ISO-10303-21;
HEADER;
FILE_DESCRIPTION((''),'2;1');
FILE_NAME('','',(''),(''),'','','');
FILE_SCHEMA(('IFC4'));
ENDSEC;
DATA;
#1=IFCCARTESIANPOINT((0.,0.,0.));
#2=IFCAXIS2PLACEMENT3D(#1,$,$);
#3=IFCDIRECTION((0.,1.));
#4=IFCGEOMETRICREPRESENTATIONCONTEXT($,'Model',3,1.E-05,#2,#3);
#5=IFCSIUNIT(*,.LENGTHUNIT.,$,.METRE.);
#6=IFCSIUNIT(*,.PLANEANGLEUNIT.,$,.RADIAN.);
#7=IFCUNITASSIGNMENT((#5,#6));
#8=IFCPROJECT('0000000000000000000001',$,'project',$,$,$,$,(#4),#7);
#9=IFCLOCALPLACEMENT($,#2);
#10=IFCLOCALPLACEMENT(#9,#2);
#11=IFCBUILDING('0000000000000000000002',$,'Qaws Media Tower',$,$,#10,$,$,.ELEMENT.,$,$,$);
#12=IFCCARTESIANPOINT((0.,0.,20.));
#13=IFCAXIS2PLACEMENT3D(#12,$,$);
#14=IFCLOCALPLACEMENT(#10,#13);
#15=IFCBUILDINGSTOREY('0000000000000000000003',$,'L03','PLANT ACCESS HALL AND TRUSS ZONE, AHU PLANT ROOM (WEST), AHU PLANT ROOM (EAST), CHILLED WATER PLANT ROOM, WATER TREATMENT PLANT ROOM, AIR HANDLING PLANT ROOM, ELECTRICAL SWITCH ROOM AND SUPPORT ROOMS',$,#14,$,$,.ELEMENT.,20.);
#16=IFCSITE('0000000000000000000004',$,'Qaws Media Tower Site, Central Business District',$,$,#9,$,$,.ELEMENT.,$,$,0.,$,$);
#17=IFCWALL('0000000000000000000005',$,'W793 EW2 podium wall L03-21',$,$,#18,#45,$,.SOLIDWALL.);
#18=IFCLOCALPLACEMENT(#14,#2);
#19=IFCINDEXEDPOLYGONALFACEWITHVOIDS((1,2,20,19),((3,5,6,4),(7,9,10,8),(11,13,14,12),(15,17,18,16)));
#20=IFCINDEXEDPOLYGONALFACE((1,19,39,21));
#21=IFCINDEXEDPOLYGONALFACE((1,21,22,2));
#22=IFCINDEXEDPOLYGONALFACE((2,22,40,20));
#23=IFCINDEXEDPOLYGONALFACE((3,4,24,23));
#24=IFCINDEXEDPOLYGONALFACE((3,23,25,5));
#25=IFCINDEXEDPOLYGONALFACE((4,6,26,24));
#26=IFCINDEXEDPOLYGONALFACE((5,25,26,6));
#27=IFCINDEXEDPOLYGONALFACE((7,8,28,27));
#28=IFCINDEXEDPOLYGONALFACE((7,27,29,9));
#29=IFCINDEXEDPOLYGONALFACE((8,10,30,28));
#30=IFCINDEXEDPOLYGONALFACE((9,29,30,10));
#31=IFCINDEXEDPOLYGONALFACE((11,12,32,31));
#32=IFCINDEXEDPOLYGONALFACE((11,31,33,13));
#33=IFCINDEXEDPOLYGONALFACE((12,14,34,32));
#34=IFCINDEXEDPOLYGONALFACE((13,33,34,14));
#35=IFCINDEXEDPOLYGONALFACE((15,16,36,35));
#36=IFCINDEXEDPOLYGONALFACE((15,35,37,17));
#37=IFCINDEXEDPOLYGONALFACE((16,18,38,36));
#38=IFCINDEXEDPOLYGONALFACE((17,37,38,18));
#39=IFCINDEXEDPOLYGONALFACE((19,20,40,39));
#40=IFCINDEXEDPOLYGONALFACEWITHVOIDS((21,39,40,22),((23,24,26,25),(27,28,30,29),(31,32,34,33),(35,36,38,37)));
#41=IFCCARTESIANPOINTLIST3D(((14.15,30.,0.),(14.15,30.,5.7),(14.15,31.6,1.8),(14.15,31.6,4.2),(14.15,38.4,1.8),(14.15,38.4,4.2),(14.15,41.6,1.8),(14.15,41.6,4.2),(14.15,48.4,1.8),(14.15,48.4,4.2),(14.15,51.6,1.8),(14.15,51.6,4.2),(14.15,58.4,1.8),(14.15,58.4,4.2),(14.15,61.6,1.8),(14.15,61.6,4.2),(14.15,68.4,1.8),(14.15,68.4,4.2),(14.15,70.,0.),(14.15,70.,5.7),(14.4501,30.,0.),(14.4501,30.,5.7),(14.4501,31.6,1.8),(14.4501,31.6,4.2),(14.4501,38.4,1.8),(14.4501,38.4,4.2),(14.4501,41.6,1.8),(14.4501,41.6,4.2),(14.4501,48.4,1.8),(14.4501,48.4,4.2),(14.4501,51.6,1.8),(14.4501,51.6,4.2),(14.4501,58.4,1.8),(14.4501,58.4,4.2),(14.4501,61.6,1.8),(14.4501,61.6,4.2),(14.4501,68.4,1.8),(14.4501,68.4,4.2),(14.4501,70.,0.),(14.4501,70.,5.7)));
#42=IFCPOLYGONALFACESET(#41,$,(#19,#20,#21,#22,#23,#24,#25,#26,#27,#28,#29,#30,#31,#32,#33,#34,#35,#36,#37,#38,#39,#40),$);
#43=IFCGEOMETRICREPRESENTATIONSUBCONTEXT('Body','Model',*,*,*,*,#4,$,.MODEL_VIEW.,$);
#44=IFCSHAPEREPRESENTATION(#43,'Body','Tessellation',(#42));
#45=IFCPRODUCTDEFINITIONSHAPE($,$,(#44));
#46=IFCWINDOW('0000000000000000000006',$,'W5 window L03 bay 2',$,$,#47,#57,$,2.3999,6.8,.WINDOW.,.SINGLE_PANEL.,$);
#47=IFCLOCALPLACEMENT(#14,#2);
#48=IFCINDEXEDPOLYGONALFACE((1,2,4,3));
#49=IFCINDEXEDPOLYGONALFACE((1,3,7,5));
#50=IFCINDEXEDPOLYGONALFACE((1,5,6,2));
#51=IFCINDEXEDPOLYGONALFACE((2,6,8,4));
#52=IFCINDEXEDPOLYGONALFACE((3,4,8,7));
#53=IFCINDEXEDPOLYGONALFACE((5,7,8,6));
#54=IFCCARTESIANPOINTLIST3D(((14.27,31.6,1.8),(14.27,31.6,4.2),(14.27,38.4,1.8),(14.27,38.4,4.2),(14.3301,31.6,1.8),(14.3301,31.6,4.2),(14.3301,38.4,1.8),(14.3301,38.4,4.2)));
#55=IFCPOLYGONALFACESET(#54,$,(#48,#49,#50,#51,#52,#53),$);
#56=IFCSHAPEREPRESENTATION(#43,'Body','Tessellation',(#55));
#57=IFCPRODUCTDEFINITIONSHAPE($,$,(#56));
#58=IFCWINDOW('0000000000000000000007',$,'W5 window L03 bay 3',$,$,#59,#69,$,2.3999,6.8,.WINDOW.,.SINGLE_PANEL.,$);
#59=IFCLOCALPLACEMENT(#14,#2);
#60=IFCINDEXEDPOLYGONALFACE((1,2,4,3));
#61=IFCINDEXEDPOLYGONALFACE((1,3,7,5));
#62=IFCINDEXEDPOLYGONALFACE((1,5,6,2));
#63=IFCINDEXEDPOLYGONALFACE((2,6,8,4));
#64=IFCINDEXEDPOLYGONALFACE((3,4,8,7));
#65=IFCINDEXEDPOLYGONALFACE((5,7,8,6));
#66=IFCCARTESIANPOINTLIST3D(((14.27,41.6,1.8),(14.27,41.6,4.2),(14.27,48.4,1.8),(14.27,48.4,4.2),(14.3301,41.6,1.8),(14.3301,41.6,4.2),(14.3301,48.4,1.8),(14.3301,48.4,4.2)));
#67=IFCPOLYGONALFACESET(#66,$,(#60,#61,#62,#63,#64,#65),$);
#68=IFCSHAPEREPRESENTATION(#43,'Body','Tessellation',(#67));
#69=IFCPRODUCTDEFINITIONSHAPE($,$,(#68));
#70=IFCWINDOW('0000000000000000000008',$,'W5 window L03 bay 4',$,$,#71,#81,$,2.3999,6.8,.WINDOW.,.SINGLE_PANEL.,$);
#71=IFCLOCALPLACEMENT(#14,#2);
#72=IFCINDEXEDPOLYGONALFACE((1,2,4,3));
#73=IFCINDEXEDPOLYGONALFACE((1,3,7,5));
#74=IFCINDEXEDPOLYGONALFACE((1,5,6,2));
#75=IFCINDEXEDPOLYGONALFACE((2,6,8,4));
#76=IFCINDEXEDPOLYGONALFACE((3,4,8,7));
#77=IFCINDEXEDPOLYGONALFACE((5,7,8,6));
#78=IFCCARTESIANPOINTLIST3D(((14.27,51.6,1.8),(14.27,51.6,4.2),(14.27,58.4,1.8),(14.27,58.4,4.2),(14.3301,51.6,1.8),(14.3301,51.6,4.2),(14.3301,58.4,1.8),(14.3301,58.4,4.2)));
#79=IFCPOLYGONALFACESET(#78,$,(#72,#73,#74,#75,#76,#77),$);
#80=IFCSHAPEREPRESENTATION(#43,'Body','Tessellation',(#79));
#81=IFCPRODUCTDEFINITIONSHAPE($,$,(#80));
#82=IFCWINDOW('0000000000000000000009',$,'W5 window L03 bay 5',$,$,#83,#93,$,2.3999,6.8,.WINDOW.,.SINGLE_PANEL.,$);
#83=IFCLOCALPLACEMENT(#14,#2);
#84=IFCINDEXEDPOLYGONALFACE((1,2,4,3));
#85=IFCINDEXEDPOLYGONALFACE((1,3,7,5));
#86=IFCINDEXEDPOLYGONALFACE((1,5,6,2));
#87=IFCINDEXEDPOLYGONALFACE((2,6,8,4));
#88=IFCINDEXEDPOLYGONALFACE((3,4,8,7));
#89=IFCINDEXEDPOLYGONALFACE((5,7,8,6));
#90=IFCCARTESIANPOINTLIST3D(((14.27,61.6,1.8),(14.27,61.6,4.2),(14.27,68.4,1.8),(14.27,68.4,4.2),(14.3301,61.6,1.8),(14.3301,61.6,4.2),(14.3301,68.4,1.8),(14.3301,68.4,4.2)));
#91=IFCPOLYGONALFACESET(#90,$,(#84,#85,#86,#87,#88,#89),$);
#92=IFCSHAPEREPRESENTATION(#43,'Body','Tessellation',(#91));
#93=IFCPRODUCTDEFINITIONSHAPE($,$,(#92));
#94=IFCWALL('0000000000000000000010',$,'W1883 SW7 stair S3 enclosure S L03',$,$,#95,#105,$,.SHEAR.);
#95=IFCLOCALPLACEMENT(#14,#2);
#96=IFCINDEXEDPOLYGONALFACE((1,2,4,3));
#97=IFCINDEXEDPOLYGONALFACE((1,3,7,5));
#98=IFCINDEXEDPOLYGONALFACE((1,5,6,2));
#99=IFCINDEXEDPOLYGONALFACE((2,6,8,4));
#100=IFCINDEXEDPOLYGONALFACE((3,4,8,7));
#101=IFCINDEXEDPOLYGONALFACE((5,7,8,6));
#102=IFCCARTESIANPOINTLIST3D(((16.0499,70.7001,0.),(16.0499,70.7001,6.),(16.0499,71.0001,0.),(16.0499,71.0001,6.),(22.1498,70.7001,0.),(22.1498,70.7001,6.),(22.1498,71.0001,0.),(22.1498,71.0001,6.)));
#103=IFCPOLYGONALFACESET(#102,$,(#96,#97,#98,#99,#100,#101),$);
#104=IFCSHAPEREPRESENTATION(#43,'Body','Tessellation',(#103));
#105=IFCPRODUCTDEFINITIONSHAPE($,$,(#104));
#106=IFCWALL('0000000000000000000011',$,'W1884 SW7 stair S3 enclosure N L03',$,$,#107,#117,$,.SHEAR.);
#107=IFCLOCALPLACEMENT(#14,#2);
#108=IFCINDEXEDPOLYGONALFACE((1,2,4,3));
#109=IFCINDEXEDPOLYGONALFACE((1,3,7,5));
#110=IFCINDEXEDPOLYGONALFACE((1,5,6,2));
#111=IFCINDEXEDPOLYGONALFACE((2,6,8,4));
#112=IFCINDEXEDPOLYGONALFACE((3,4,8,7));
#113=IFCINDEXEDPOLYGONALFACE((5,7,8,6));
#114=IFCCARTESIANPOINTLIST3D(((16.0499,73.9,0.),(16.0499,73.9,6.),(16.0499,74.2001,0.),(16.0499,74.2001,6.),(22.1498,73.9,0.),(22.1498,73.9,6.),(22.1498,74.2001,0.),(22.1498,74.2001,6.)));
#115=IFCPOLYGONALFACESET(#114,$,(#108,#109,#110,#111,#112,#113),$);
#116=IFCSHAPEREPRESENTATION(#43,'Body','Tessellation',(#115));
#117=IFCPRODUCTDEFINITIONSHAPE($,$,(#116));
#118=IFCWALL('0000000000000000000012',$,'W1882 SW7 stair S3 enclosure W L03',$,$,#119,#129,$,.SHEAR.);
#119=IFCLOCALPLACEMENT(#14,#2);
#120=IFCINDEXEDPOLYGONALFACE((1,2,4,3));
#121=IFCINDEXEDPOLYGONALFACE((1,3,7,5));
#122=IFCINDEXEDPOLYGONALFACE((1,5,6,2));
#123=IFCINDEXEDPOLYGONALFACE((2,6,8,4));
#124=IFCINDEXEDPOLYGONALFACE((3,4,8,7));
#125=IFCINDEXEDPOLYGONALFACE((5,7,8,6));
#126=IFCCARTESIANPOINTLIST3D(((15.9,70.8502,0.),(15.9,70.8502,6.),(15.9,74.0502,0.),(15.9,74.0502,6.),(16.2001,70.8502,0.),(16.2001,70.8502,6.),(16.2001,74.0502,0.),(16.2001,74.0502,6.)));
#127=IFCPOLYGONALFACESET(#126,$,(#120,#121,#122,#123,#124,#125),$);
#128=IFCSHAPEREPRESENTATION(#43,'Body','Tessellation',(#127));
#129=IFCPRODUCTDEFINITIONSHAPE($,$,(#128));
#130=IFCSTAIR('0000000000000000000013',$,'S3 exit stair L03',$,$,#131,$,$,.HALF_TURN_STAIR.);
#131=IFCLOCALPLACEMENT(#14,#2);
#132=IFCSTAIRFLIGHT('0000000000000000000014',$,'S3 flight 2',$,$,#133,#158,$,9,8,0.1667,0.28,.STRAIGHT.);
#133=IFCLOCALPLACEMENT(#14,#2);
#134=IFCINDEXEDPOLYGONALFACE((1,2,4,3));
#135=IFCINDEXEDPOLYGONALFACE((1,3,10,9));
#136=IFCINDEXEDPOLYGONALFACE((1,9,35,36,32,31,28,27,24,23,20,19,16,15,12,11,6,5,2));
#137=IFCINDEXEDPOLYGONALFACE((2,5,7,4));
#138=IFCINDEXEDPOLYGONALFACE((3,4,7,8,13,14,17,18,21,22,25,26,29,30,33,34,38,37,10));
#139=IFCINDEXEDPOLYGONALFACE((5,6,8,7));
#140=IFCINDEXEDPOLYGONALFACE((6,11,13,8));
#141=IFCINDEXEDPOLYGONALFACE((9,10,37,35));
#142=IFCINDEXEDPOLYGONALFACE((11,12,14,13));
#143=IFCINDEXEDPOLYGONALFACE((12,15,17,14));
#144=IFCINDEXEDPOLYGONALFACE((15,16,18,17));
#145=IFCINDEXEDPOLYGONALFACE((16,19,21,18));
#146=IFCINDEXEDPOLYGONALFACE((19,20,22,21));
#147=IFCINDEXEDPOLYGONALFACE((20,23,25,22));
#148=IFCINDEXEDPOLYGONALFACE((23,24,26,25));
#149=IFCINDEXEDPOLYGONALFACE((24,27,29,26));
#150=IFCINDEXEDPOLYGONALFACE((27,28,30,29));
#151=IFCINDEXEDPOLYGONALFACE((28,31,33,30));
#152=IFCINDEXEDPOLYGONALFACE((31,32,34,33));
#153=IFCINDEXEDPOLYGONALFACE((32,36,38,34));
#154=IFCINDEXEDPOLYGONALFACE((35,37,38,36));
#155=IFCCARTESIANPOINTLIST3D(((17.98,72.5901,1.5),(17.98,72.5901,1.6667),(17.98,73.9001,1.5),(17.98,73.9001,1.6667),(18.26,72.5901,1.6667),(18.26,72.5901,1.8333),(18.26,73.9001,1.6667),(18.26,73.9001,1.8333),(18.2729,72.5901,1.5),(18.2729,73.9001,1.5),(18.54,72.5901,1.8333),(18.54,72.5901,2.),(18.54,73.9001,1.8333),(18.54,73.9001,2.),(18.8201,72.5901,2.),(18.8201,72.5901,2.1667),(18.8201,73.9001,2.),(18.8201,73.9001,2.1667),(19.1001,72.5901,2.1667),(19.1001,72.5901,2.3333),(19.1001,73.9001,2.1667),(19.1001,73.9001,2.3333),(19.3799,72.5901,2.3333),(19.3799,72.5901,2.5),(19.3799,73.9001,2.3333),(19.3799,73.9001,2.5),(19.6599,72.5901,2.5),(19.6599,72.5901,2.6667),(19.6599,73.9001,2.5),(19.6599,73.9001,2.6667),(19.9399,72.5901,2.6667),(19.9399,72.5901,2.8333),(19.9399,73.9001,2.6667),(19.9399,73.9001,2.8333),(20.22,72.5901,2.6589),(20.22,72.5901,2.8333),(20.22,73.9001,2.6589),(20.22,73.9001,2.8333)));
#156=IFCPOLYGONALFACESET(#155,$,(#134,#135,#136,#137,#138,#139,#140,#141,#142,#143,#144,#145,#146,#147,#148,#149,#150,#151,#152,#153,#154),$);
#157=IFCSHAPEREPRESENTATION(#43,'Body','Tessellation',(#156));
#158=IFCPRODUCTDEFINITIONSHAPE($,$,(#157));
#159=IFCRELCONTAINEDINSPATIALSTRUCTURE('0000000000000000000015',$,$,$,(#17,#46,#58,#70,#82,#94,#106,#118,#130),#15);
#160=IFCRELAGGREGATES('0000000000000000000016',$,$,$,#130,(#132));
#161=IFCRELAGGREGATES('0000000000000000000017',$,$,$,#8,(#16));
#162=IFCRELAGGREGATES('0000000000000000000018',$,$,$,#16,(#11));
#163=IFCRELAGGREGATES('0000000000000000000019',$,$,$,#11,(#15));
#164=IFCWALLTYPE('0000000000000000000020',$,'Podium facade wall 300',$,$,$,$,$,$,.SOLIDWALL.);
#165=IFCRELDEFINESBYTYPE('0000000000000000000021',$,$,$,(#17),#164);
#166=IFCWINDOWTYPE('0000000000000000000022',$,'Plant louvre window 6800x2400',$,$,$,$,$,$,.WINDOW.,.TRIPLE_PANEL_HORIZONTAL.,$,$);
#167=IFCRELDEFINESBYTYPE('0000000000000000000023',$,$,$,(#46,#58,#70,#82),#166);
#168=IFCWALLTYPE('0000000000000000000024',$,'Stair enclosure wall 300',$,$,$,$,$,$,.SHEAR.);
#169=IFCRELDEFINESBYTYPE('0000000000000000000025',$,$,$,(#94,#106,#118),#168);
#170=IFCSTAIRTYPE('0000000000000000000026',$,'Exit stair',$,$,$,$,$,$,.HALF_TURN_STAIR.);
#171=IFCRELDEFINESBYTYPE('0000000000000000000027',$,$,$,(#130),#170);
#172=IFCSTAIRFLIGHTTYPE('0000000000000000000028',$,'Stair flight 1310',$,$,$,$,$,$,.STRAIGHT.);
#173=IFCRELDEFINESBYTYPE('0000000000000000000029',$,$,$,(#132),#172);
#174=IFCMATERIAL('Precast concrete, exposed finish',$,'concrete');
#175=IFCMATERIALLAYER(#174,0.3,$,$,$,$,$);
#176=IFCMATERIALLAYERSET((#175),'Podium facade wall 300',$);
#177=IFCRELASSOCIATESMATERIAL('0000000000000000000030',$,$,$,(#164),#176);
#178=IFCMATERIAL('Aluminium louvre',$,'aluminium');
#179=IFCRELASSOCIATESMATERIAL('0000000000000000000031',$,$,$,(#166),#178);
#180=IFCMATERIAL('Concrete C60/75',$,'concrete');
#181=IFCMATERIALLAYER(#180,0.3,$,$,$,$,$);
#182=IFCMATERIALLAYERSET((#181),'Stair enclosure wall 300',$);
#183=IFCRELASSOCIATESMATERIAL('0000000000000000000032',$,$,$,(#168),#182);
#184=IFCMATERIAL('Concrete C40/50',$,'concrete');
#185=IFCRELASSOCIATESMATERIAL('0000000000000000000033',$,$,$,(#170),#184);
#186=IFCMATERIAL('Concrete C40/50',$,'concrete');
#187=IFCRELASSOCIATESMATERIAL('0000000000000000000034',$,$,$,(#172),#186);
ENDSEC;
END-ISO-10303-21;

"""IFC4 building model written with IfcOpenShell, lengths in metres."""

from ifc_helpers import new_model, si_unit, direction, frame, frame_2d, origin, place, context, subcontext, project, spatial, polyline, rectangle, outline, extrude, material, layer, layer_set, type_object, element, fill, aggregate, save


model = new_model("IFC4")

# Units and contexts
model_context = context("Model", 3, precision=1e-05, world=origin(), true_north=direction((0.0, 1.0)))
body_context = subcontext(model_context, "Body", "Model", "MODEL_VIEW")
ifc_project = project(units=[si_unit("LENGTHUNIT", "METRE"), si_unit("PLANEANGLEUNIT", "RADIAN")], contexts=[model_context])

# Site, building, storey
site_placement = place(None, origin())
site = spatial("IfcSite", under=ifc_project, at=site_placement, Name="Qaws Media Tower Site, Central Business District", CompositionType="ELEMENT", RefElevation=0.0)
building_placement = place(site_placement, origin())
building = spatial("IfcBuilding", under=site, at=building_placement, Name="Qaws Media Tower", CompositionType="ELEMENT")
storey_placement = place(building_placement, frame((0.0, 0.0, 20.0)))
storey = spatial("IfcBuildingStorey", under=building, at=storey_placement, Name="L03", Description="PLANT ACCESS HALL AND TRUSS ZONE, AHU PLANT ROOM (WEST), AHU PLANT ROOM (EAST), CHILLED WATER PLANT ROOM, WATER TREATMENT PLANT ROOM, AIR HANDLING PLANT ROOM, ELECTRICAL SWITCH ROOM AND SUPPORT ROOMS", CompositionType="ELEMENT", Elevation=20.0)

# Shared definitions
ifc_material_1 = material(Name="Precast concrete, exposed finish", Category="concrete")
ifc_layer_1 = layer(ifc_material_1, 0.3)
ifc_layer_set_1 = layer_set([ifc_layer_1], Name="Podium facade wall 300")
wall_type_1 = type_object("IfcWallType", Name="Podium facade wall 300", PredefinedType="SOLIDWALL", material=ifc_layer_set_1)

# Wall, openings, windows
wall_1_placement = place(storey_placement, frame((14.3, 70.0, 0.0), z_axis=(0.0, 0.0, 1.0), x_axis=(0.0, -1.0, 0.0)))
wall_1 = element("IfcWall", 1, at=wall_1_placement, inside=storey, type_object=wall_type_1, Name="W793 EW2 podium wall L03-21", PredefinedType="SOLIDWALL", context=body_context, shape_type="SweptSolid", body=[
    extrude(rectangle(XDim=40.0, YDim=0.3, at=frame_2d((20.0, 0.0))), origin(), (0.0, 0.0, 1.0), 5.7),
])
opening_1_placement = place(wall_1_placement, frame((31.6001, 0.0, 1.8)))
opening_1 = element("IfcOpeningElement", 2, at=opening_1_placement, cuts=wall_1, PredefinedType="OPENING", context=body_context, shape_type="SweptSolid", body=[
    extrude(rectangle(XDim=6.8, YDim=2.3999, at=frame_2d((3.3999, 1.2))), frame((0.0, 0.1599, 0.0), z_axis=(0.0, -1.0, 0.0), x_axis=(1.0, 0.0, 0.0)), (0.0, 0.0, 1.0), 0.3201),
])
opening_2_placement = place(wall_1_placement, frame((21.6001, 0.0, 1.8)))
opening_2 = element("IfcOpeningElement", 3, at=opening_2_placement, cuts=wall_1, PredefinedType="OPENING", context=body_context, shape_type="SweptSolid", body=[
    extrude(rectangle(XDim=6.8, YDim=2.3999, at=frame_2d((3.3999, 1.2))), frame((0.0, 0.1599, 0.0), z_axis=(0.0, -1.0, 0.0), x_axis=(1.0, 0.0, 0.0)), (0.0, 0.0, 1.0), 0.3201),
])
opening_3_placement = place(wall_1_placement, frame((11.6001, 0.0, 1.8)))
opening_3 = element("IfcOpeningElement", 4, at=opening_3_placement, cuts=wall_1, PredefinedType="OPENING", context=body_context, shape_type="SweptSolid", body=[
    extrude(rectangle(XDim=6.8, YDim=2.3999, at=frame_2d((3.3999, 1.2))), frame((0.0, 0.1599, 0.0), z_axis=(0.0, -1.0, 0.0), x_axis=(1.0, 0.0, 0.0)), (0.0, 0.0, 1.0), 0.3201),
])
opening_4_placement = place(wall_1_placement, frame((1.6001, 0.0, 1.8)))
opening_4 = element("IfcOpeningElement", 5, at=opening_4_placement, cuts=wall_1, PredefinedType="OPENING", context=body_context, shape_type="SweptSolid", body=[
    extrude(rectangle(XDim=6.8, YDim=2.3999, at=frame_2d((3.3999, 1.2))), frame((0.0, 0.1599, 0.0), z_axis=(0.0, -1.0, 0.0), x_axis=(1.0, 0.0, 0.0)), (0.0, 0.0, 1.0), 0.3201),
])
ifc_material_2 = material(Name="Aluminium louvre", Category="aluminium")
window_type = type_object("IfcWindowType", Name="Plant louvre window 6800x2400", PartitioningType="TRIPLE_PANEL_HORIZONTAL", PredefinedType="WINDOW", material=ifc_material_2)
window_1_placement = place(opening_1_placement, origin())
window_1 = element("IfcWindow", 6, at=window_1_placement, inside=storey, type_object=window_type, Name="W5 window L03 bay 2", OverallHeight=2.3999, OverallWidth=6.8, PartitioningType="SINGLE_PANEL", PredefinedType="WINDOW", context=body_context, shape_type="SweptSolid", body=[
    extrude(rectangle(XDim=6.8, YDim=2.3999, at=frame_2d((3.3999, 1.2))), frame((0.0, 0.03, 0.0), z_axis=(0.0, -1.0, 0.0), x_axis=(1.0, 0.0, 0.0)), (0.0, 0.0, 1.0), 0.0601),
])
fill(opening_1, window_1)
window_2_placement = place(opening_2_placement, origin())
window_2 = element("IfcWindow", 7, at=window_2_placement, inside=storey, type_object=window_type, Name="W5 window L03 bay 3", OverallHeight=2.3999, OverallWidth=6.8, PartitioningType="SINGLE_PANEL", PredefinedType="WINDOW", context=body_context, shape_type="SweptSolid", body=[
    extrude(rectangle(XDim=6.8, YDim=2.3999, at=frame_2d((3.3999, 1.2))), frame((0.0, 0.03, 0.0), z_axis=(0.0, -1.0, 0.0), x_axis=(1.0, 0.0, 0.0)), (0.0, 0.0, 1.0), 0.0601),
])
fill(opening_2, window_2)
window_3_placement = place(opening_3_placement, origin())
window_3 = element("IfcWindow", 8, at=window_3_placement, inside=storey, type_object=window_type, Name="W5 window L03 bay 4", OverallHeight=2.3999, OverallWidth=6.8, PartitioningType="SINGLE_PANEL", PredefinedType="WINDOW", context=body_context, shape_type="SweptSolid", body=[
    extrude(rectangle(XDim=6.8, YDim=2.3999, at=frame_2d((3.3999, 1.2))), frame((0.0, 0.03, 0.0), z_axis=(0.0, -1.0, 0.0), x_axis=(1.0, 0.0, 0.0)), (0.0, 0.0, 1.0), 0.0601),
])
fill(opening_3, window_3)
window_4_placement = place(opening_4_placement, origin())
window_4 = element("IfcWindow", 9, at=window_4_placement, inside=storey, type_object=window_type, Name="W5 window L03 bay 5", OverallHeight=2.3999, OverallWidth=6.8, PartitioningType="SINGLE_PANEL", PredefinedType="WINDOW", context=body_context, shape_type="SweptSolid", body=[
    extrude(rectangle(XDim=6.8, YDim=2.3999, at=frame_2d((3.3999, 1.2))), frame((0.0, 0.03, 0.0), z_axis=(0.0, -1.0, 0.0), x_axis=(1.0, 0.0, 0.0)), (0.0, 0.0, 1.0), 0.0601),
])
fill(opening_4, window_4)

# Walls
ifc_material_3 = material(Name="Concrete C60/75", Category="concrete")
ifc_layer_2 = layer(ifc_material_3, 0.3)
ifc_layer_set_2 = layer_set([ifc_layer_2], Name="Stair enclosure wall 300")
wall_type_2 = type_object("IfcWallType", Name="Stair enclosure wall 300", PredefinedType="SHEAR", material=ifc_layer_set_2)
for number, where, z_axis, x_axis, name in (
    (10, (16.05, 70.8501, 0.0), (0.0, 0.0, 1.0), (1.0, 0.0, 0.0), "W1883 SW7 stair S3 enclosure S L03"),
    (11, (16.05, 74.05, 0.0), (0.0, 0.0, 1.0), (1.0, 0.0, 0.0), "W1884 SW7 stair S3 enclosure N L03"),
):
    element("IfcWall", number, at=place(storey_placement, frame(where, z_axis=z_axis, x_axis=x_axis)), inside=storey, type_object=wall_type_2, Name=name, PredefinedType="SHEAR", context=body_context, shape_type="SweptSolid", body=[
        extrude(rectangle(XDim=6.0999, YDim=0.3, at=frame_2d((3.0498, 0.0))), origin(), (0.0, 0.0, 1.0), 6.0),
    ])
wall_2_placement = place(storey_placement, frame((16.05, 70.8501, 0.0), z_axis=(0.0, 0.0, 1.0), x_axis=(0.0, 1.0, 0.0)))
element("IfcWall", 12, at=wall_2_placement, inside=storey, type_object=wall_type_2, Name="W1882 SW7 stair S3 enclosure W L03", PredefinedType="SHEAR", context=body_context, shape_type="SweptSolid", body=[
    extrude(rectangle(XDim=3.2, YDim=0.3, at=frame_2d((1.6001, 0.0))), origin(), (0.0, 0.0, 1.0), 6.0),
])

# Stair, stair flight
ifc_material_4 = material(Name="Concrete C40/50", Category="concrete")
stair_type = type_object("IfcStairType", Name="Exit stair", PredefinedType="HALF_TURN_STAIR", material=ifc_material_4)
stair_placement = place(storey_placement, origin())
stair = element("IfcStair", 13, at=stair_placement, inside=storey, type_object=stair_type, Name="S3 exit stair L03", PredefinedType="HALF_TURN_STAIR")
ifc_material_5 = material(Name="Concrete C40/50", Category="concrete")
stair_flight_type = type_object("IfcStairFlightType", Name="Stair flight 1310", PredefinedType="STRAIGHT", material=ifc_material_5)
stair_flight_1_placement = place(storey_placement, frame((17.98, 73.2451, 1.5), z_axis=(0.0, 0.0, 1.0), x_axis=(1.0, 0.0, 0.0)))
stair_flight_1 = element("IfcStairFlight", 14, at=stair_flight_1_placement, type_object=stair_flight_type, Name="S3 flight 2", NumberOfRisers=9, NumberOfTreads=8, PredefinedType="STRAIGHT", RiserHeight=0.1667, TreadLength=0.28, context=body_context, shape_type="SweptSolid", body=[
    extrude(outline(polyline([(0.0, 0.0), (0.0, 0.1667), (0.28, 0.1667), (0.28, 0.3333), (0.5601, 0.3333), (0.5601, 0.5), (0.8401, 0.5), (0.8401, 0.6667), (1.1201, 0.6667), (1.1201, 0.8333), (1.3999, 0.8333), (1.3999, 1.0), (1.6799, 1.0), (1.6799, 1.1667), (1.96, 1.1667), (1.96, 1.3333), (2.24, 1.3333), (2.24, 1.5), (2.24, 1.1589), (0.293, 0.0), (0.0, 0.0)])), frame((0.0, 0.655, 0.0), z_axis=(0.0, -1.0, 0.0), x_axis=(1.0, 0.0, 0.0)), (0.0, 0.0, 1.0), 1.3101),
])
aggregate(stair, [stair_flight_1])

save(model, "model.ifc")
